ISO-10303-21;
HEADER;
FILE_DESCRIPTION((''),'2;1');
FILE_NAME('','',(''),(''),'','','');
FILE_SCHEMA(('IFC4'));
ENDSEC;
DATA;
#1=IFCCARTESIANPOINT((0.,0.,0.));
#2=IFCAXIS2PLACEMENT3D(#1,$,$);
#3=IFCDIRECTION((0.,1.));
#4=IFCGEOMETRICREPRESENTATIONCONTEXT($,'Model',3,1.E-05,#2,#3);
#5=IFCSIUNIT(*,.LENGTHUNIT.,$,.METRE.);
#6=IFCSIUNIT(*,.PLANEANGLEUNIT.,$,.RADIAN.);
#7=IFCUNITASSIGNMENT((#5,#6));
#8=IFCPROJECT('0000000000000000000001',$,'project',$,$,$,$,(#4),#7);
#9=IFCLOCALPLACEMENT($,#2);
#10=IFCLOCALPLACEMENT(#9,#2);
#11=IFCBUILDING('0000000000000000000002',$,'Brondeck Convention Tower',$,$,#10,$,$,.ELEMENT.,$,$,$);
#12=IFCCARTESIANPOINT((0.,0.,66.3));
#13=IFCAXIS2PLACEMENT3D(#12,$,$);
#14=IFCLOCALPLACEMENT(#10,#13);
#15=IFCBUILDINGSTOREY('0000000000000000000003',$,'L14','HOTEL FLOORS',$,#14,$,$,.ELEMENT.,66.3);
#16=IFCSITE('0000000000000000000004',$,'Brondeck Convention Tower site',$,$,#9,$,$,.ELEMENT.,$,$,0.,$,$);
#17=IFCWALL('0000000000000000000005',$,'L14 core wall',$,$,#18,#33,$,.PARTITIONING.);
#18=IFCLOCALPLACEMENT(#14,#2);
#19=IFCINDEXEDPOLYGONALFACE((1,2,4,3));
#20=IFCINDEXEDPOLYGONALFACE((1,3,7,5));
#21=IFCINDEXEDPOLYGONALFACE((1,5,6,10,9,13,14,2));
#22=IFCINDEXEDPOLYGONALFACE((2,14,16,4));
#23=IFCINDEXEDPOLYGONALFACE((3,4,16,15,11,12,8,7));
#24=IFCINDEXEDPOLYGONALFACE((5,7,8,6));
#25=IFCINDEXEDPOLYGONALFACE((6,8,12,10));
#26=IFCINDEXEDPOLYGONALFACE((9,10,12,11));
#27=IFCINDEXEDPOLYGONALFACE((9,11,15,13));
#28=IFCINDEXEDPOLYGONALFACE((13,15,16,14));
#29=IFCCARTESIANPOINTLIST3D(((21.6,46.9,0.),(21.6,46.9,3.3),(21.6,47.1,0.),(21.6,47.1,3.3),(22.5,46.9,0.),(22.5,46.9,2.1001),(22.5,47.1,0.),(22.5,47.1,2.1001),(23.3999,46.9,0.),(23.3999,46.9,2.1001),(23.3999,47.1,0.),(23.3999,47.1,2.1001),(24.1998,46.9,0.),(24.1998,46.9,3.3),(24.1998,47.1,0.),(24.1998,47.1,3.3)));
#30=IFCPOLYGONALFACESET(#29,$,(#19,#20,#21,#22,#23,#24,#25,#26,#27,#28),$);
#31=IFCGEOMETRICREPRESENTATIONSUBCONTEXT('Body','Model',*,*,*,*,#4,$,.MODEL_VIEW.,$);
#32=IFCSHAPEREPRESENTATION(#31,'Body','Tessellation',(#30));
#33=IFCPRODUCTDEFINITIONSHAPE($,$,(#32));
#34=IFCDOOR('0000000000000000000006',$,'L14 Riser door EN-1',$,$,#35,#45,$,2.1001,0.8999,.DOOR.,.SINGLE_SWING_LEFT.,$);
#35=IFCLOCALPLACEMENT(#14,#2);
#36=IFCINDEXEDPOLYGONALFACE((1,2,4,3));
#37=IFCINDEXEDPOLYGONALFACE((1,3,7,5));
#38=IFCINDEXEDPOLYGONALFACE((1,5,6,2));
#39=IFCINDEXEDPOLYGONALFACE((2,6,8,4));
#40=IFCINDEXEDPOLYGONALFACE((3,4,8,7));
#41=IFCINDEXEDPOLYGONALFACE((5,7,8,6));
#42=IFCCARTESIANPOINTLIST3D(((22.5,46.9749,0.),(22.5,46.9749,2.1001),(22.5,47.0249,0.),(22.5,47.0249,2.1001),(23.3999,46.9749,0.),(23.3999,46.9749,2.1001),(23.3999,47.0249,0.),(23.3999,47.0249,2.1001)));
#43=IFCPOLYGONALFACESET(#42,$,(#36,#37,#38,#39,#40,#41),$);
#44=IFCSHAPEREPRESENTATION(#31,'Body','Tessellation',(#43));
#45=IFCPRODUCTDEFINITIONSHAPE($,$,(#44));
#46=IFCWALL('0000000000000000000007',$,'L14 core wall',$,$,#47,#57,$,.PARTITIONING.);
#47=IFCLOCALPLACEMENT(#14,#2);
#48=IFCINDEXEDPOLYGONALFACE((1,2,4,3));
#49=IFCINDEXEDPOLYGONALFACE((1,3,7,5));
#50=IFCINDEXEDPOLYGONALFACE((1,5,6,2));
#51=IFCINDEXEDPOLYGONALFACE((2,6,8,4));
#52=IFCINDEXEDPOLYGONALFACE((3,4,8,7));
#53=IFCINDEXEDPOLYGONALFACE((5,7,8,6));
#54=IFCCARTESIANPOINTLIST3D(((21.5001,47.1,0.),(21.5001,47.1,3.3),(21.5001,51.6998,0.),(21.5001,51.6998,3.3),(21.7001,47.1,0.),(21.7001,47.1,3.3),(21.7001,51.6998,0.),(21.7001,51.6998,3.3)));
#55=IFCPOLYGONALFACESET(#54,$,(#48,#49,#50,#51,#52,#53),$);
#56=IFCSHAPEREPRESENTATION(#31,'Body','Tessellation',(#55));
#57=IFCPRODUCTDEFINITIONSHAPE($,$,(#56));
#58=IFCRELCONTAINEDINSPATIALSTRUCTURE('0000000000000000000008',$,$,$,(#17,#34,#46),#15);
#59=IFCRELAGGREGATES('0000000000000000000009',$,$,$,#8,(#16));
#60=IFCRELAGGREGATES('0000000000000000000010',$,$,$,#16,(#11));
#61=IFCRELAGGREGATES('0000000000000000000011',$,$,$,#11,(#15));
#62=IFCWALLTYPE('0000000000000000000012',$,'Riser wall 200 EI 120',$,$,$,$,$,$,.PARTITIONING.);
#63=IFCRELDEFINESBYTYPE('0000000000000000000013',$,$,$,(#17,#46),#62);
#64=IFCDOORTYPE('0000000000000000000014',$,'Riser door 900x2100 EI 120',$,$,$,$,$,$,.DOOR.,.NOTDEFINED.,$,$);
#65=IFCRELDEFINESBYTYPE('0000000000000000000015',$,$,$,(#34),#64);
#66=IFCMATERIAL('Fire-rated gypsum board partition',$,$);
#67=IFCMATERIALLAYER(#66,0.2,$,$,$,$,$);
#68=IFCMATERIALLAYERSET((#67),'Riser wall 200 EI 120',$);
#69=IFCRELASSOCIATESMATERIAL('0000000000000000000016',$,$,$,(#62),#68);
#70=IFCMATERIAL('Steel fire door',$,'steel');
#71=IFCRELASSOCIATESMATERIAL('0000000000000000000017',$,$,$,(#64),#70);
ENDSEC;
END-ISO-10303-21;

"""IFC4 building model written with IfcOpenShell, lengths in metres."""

from ifc_helpers import new_model, si_unit, direction, frame, frame_2d, origin, place, context, subcontext, project, spatial, rectangle, extrude, material, layer, layer_set, type_object, element, fill, save


model = new_model("IFC4")

# Units and contexts
model_context = context("Model", 3, precision=1e-05, world=origin(), true_north=direction((0.0, 1.0)))
body_context = subcontext(model_context, "Body", "Model", "MODEL_VIEW")
ifc_project = project(units=[si_unit("LENGTHUNIT", "METRE"), si_unit("PLANEANGLEUNIT", "RADIAN")], contexts=[model_context])

# Site, building, storey
site_placement = place(None, origin())
site = spatial("IfcSite", under=ifc_project, at=site_placement, Name="Brondeck Convention Tower site", CompositionType="ELEMENT", RefElevation=0.0)
building_placement = place(site_placement, origin())
building = spatial("IfcBuilding", under=site, at=building_placement, Name="Brondeck Convention Tower", CompositionType="ELEMENT")
storey_placement = place(building_placement, frame((0.0, 0.0, 66.3)))
storey = spatial("IfcBuildingStorey", under=building, at=storey_placement, Name="L14", Description="HOTEL FLOORS", CompositionType="ELEMENT", Elevation=66.3)

# Shared definitions
ifc_material_1 = material(Name="Fire-rated gypsum board partition")

# Shared definitions
ifc_material_2 = material(Name="Steel fire door", Category="steel")

# Wall, opening, door
ifc_layer_1 = layer(ifc_material_1, 0.2)
ifc_layer_set_1 = layer_set([ifc_layer_1], Name="Riser wall 200 EI 120")
wall_type_1 = type_object("IfcWallType", Name="Riser wall 200 EI 120", PredefinedType="PARTITIONING", material=ifc_layer_set_1)
wall_1_placement = place(storey_placement, frame((21.6001, 47.0, 0.0), z_axis=(0.0, 0.0, 1.0), x_axis=(1.0, 0.0, 0.0)))
wall_1 = element("IfcWall", 1, at=wall_1_placement, inside=storey, type_object=wall_type_1, Name="L14 core wall", PredefinedType="PARTITIONING", context=body_context, shape_type="SweptSolid", body=[
    extrude(rectangle(XDim=2.5999, YDim=0.2, at=frame_2d((1.2998, 0.0))), origin(), (0.0, 0.0, 1.0), 3.3),
])
opening_1_placement = place(wall_1_placement, frame((0.8999, 0.0, 0.0)))
opening_1 = element("IfcOpeningElement", 2, at=opening_1_placement, cuts=wall_1, PredefinedType="OPENING", context=body_context, shape_type="SweptSolid", body=[
    extrude(rectangle(XDim=0.8999, YDim=2.1001, at=frame_2d((0.45, 1.05))), frame((0.0, 0.1099, 0.0), z_axis=(0.0, -1.0, 0.0), x_axis=(1.0, 0.0, 0.0)), (0.0, 0.0, 1.0), 0.22),
])
door_type_1 = type_object("IfcDoorType", Name="Riser door 900x2100 EI 120", OperationType="NOTDEFINED", PredefinedType="DOOR", material=ifc_material_2)
door_1_placement = place(opening_1_placement, origin())
door_1 = element("IfcDoor", 3, at=door_1_placement, inside=storey, type_object=door_type_1, Name="L14 Riser door EN-1", OperationType="SINGLE_SWING_LEFT", OverallHeight=2.1001, OverallWidth=0.8999, PredefinedType="DOOR", context=body_context, shape_type="SweptSolid", body=[
    extrude(rectangle(XDim=0.8999, YDim=2.1001, at=frame_2d((0.45, 1.05))), frame((0.0, 0.0249, 0.0), z_axis=(0.0, -1.0, 0.0), x_axis=(1.0, 0.0, 0.0)), (0.0, 0.0, 1.0), 0.05),
])
fill(opening_1, door_1)

# Wall
wall_2_placement = place(storey_placement, frame((21.6001, 47.1001, 0.0), z_axis=(0.0, 0.0, 1.0), x_axis=(0.0, 1.0, 0.0)))
element("IfcWall", 4, at=wall_2_placement, inside=storey, type_object=wall_type_1, Name="L14 core wall", PredefinedType="PARTITIONING", context=body_context, shape_type="SweptSolid", body=[
    extrude(rectangle(XDim=4.5999, YDim=0.2, at=frame_2d((2.2998, 0.0))), origin(), (0.0, 0.0, 1.0), 3.3),
])

save(model, "model.ifc")
